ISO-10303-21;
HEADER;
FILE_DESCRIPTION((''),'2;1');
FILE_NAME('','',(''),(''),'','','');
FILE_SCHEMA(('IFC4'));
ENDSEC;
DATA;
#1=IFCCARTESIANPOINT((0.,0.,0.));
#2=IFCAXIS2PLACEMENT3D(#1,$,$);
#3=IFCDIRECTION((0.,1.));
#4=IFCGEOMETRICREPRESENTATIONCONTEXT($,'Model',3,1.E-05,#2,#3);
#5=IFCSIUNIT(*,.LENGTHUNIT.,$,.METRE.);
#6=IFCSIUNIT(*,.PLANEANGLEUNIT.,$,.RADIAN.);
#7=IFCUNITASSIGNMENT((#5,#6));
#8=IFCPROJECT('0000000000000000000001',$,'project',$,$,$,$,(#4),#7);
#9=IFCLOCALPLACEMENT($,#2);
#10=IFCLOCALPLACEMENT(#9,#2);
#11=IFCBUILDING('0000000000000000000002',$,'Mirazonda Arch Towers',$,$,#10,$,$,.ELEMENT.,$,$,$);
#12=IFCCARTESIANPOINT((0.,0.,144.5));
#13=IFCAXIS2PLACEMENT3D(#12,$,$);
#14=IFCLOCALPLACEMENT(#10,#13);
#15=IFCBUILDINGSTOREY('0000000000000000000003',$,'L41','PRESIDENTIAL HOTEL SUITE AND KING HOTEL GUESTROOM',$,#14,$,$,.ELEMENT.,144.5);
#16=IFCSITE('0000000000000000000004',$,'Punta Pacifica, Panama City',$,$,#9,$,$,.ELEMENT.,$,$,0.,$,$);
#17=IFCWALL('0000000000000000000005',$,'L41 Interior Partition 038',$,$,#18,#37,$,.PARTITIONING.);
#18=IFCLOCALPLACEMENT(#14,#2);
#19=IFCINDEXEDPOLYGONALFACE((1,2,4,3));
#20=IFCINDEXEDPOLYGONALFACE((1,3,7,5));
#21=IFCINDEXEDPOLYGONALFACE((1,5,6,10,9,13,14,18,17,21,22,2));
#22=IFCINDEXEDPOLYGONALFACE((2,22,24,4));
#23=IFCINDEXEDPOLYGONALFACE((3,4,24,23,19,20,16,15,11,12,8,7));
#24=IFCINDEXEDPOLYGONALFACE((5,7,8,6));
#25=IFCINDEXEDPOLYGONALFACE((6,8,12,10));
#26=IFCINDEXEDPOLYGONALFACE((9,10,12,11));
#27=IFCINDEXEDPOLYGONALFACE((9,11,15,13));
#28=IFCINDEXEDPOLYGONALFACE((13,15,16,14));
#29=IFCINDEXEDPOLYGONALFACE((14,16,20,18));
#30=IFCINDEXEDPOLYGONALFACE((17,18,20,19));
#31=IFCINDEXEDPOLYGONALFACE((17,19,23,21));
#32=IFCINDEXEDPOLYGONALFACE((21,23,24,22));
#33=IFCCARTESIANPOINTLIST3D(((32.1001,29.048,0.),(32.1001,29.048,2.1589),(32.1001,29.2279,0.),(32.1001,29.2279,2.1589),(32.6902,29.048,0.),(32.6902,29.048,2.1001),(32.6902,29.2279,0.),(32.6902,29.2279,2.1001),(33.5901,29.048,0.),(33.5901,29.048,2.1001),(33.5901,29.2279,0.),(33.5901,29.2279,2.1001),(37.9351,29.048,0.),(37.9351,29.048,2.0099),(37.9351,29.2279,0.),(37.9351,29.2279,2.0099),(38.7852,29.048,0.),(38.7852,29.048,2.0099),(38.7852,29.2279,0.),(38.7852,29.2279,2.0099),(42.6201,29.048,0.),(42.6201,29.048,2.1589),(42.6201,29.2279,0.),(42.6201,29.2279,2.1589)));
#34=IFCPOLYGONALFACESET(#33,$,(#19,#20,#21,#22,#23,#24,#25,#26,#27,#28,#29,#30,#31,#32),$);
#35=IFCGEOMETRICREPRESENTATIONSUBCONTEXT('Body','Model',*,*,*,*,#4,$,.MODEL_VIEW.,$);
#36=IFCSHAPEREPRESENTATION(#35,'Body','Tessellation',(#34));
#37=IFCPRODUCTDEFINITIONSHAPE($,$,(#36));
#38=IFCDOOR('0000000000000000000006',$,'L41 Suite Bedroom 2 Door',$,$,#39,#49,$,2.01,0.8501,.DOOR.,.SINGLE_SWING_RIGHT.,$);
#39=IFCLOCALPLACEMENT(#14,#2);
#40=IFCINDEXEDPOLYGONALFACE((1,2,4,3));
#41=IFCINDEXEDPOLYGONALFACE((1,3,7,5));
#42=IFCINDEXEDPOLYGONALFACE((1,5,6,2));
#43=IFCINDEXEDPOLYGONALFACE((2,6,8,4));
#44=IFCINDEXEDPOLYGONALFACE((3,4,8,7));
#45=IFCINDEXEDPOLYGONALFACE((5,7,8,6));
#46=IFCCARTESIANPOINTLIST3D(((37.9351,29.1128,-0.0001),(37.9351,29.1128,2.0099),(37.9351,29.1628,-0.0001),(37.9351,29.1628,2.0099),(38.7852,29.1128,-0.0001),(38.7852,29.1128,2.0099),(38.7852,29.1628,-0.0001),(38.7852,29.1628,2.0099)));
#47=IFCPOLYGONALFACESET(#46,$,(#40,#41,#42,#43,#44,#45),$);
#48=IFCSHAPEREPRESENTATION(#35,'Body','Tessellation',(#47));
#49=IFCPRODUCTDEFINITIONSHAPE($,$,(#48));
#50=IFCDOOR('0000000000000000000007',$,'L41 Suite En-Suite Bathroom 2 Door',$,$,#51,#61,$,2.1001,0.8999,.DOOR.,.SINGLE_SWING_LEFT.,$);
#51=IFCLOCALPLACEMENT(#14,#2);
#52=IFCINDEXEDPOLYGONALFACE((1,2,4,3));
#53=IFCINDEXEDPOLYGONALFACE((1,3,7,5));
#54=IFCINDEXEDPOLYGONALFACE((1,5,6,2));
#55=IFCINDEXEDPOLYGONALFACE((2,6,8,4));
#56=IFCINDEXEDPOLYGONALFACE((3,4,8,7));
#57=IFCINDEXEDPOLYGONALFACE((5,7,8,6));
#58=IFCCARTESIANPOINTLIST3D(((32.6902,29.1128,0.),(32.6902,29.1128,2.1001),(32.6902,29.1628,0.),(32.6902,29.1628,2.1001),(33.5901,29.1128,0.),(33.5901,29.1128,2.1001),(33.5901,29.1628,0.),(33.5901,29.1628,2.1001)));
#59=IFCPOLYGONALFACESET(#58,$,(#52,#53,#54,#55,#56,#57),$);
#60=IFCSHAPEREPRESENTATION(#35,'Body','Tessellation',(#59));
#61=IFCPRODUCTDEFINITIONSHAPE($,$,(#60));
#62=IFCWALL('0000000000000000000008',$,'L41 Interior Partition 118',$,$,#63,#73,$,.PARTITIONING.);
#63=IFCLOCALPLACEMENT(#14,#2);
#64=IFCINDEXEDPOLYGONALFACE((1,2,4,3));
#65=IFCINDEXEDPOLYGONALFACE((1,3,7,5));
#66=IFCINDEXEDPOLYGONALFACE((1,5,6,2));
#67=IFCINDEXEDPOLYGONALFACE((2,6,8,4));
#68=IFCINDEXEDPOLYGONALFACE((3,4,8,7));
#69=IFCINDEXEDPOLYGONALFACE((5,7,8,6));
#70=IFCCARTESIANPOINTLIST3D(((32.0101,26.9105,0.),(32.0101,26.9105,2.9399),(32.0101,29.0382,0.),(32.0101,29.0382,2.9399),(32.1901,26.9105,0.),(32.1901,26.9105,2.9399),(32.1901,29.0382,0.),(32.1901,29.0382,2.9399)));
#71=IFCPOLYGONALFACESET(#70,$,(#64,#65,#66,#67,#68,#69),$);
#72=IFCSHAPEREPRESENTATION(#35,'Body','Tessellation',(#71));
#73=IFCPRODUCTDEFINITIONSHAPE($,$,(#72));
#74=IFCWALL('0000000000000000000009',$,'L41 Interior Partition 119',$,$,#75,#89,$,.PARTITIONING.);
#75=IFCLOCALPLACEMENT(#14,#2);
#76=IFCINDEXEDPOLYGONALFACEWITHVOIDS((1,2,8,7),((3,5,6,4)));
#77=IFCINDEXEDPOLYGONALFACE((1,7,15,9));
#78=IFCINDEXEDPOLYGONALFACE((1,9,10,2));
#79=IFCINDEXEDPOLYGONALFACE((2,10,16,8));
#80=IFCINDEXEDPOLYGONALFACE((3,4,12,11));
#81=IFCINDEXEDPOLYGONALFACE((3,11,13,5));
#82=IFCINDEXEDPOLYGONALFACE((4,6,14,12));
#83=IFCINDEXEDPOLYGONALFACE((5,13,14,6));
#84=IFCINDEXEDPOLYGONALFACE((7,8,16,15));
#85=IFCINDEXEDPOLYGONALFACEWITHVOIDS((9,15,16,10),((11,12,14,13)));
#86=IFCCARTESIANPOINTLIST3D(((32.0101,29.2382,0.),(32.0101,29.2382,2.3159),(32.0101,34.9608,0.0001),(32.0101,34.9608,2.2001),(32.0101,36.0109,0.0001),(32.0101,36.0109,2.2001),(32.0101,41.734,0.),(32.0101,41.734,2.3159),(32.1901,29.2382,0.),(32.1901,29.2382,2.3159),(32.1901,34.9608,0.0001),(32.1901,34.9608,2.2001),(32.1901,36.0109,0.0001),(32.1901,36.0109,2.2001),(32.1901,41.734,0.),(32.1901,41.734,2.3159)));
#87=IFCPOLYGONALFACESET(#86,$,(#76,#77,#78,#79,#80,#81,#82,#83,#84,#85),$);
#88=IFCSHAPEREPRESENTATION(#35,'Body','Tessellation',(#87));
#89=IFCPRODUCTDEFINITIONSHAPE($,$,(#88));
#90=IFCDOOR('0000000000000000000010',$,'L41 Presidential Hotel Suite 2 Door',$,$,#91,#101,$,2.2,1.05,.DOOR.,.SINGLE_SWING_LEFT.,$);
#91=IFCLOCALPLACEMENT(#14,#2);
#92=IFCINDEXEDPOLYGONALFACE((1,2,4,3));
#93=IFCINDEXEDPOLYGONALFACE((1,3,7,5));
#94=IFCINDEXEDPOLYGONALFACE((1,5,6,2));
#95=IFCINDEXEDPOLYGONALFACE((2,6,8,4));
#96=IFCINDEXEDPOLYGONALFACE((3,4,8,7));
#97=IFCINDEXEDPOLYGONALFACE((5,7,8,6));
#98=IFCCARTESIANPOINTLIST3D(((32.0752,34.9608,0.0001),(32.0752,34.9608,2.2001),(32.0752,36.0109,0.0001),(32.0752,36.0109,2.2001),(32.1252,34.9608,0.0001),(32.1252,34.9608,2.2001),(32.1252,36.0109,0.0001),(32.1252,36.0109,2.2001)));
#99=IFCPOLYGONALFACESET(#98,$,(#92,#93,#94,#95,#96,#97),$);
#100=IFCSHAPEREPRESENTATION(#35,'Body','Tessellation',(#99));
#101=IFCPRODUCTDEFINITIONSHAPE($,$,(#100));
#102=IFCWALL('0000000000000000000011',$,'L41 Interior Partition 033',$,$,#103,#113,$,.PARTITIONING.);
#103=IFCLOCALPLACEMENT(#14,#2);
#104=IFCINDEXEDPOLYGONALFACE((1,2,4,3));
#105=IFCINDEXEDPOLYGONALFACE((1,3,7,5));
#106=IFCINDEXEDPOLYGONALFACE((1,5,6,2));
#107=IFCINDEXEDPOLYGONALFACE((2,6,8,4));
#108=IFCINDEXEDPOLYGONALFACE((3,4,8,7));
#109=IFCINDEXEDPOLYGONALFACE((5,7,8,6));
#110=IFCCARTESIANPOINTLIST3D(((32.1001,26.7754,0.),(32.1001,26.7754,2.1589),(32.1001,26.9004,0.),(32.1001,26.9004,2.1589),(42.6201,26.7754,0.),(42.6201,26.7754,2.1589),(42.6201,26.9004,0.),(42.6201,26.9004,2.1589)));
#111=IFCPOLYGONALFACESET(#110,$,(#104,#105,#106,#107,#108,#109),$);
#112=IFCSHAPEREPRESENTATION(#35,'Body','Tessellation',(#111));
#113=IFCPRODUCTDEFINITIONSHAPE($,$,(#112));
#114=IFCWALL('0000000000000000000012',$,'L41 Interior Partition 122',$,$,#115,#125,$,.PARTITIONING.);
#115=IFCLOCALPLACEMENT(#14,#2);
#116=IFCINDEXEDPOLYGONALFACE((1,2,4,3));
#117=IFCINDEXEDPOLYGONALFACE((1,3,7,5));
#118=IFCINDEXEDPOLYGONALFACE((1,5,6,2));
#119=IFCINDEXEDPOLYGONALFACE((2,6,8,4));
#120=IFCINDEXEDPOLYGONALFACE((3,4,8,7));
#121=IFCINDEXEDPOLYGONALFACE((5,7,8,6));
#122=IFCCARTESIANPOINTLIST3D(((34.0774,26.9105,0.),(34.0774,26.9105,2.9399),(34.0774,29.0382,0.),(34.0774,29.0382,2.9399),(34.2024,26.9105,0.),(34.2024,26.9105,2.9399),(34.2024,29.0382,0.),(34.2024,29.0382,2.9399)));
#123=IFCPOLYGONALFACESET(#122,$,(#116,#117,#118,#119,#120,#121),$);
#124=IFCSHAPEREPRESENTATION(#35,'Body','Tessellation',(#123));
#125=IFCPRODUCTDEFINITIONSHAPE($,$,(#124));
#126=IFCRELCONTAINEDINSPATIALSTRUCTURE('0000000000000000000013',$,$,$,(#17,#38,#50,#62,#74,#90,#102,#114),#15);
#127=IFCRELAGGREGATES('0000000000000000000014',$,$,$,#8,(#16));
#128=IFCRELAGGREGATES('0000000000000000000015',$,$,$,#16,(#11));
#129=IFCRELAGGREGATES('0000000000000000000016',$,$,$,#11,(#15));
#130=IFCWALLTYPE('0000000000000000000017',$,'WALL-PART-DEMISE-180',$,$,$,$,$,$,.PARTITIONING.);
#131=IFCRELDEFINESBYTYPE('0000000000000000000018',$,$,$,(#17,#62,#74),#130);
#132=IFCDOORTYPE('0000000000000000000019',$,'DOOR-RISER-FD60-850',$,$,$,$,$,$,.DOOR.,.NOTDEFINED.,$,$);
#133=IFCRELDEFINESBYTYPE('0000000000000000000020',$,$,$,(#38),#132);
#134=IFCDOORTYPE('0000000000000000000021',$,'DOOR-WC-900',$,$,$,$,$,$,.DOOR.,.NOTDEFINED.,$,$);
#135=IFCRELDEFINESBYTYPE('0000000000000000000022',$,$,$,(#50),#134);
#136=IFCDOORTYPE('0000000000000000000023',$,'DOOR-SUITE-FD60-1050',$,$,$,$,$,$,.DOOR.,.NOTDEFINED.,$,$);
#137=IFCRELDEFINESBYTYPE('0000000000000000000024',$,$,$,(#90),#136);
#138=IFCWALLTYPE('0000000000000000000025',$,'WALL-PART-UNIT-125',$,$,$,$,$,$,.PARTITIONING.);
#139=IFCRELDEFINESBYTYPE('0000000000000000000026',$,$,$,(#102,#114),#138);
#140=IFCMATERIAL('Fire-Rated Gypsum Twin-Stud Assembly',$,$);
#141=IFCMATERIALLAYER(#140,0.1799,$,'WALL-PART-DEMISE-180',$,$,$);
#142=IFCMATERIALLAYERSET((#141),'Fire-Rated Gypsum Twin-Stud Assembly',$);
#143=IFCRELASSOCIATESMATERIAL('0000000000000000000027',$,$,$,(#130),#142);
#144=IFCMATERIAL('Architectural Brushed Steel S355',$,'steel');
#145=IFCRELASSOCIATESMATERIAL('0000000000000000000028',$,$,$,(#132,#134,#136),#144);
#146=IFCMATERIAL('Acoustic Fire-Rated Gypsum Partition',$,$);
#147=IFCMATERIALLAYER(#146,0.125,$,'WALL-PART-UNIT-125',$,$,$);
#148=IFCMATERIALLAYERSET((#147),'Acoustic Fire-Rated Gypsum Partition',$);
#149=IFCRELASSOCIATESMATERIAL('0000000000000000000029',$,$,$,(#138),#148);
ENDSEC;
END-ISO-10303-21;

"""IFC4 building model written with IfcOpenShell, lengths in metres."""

from ifc_helpers import new_model, si_unit, direction, frame, frame_2d, origin, place, context, subcontext, project, spatial, rectangle, extrude, material, layer, layer_set, type_object, element, fill, save


model = new_model("IFC4")

# Units and contexts
model_context = context("Model", 3, precision=1e-05, world=origin(), true_north=direction((0.0, 1.0)))
body_context = subcontext(model_context, "Body", "Model", "MODEL_VIEW")
ifc_project = project(units=[si_unit("LENGTHUNIT", "METRE"), si_unit("PLANEANGLEUNIT", "RADIAN")], contexts=[model_context])

# Site, building, storey
site_placement = place(None, origin())
site = spatial("IfcSite", under=ifc_project, at=site_placement, Name="Punta Pacifica, Panama City", CompositionType="ELEMENT", RefElevation=0.0)
building_placement = place(site_placement, origin())
building = spatial("IfcBuilding", under=site, at=building_placement, Name="Mirazonda Arch Towers", CompositionType="ELEMENT")
storey_placement = place(building_placement, frame((0.0, 0.0, 144.5)))
storey = spatial("IfcBuildingStorey", under=building, at=storey_placement, Name="L41", Description="PRESIDENTIAL HOTEL SUITE AND KING HOTEL GUESTROOM", CompositionType="ELEMENT", Elevation=144.5)

# Wall, openings, doors
ifc_material_1 = material(Name="Fire-Rated Gypsum Twin-Stud Assembly")
ifc_layer_1 = layer(ifc_material_1, 0.1799, Name="WALL-PART-DEMISE-180")
ifc_layer_set_1 = layer_set([ifc_layer_1], Name="Fire-Rated Gypsum Twin-Stud Assembly")
wall_type_1 = type_object("IfcWallType", Name="WALL-PART-DEMISE-180", PredefinedType="PARTITIONING", material=ifc_layer_set_1)
wall_1_placement = place(storey_placement, frame((32.1001, 29.1379, 0.0), z_axis=(0.0, 0.0, 1.0), x_axis=(1.0, 0.0, 0.0)))
wall_1 = element("IfcWall", 1, at=wall_1_placement, inside=storey, type_object=wall_type_1, Name="L41 Interior Partition 038", PredefinedType="PARTITIONING", context=body_context, shape_type="SweptSolid", body=[
    extrude(rectangle(XDim=10.52, YDim=0.1799, at=frame_2d((5.26, 0.0))), origin(), (0.0, 0.0, 1.0), 2.1589),
])
opening_1_placement = place(wall_1_placement, frame((5.835, 0.0, 0.0)))
opening_1 = element("IfcOpeningElement", 2, at=opening_1_placement, cuts=wall_1, PredefinedType="OPENING", context=body_context, shape_type="SweptSolid", body=[
    extrude(rectangle(XDim=0.8501, YDim=2.01, at=frame_2d((0.425, 1.0049))), frame((0.0, 0.0999, 0.0), z_axis=(0.0, -1.0, 0.0), x_axis=(1.0, 0.0, 0.0)), (0.0, 0.0, 1.0), 0.2),
])
opening_2_placement = place(wall_1_placement, frame((0.5901, 0.0, 0.0)))
opening_2 = element("IfcOpeningElement", 3, at=opening_2_placement, cuts=wall_1, PredefinedType="OPENING", context=body_context, shape_type="SweptSolid", body=[
    extrude(rectangle(XDim=0.8999, YDim=2.1001, at=frame_2d((0.45, 1.05))), frame((0.0, 0.0999, 0.0), z_axis=(0.0, -1.0, 0.0), x_axis=(1.0, 0.0, 0.0)), (0.0, 0.0, 1.0), 0.2),
])
ifc_material_2 = material(Name="Architectural Brushed Steel S355", Category="steel")
door_type_1 = type_object("IfcDoorType", Name="DOOR-RISER-FD60-850", OperationType="NOTDEFINED", PredefinedType="DOOR", material=ifc_material_2)
door_1_placement = place(opening_1_placement, origin())
door_1 = element("IfcDoor", 4, at=door_1_placement, inside=storey, type_object=door_type_1, Name="L41 Suite Bedroom 2 Door", OperationType="SINGLE_SWING_RIGHT", OverallHeight=2.01, OverallWidth=0.8501, PredefinedType="DOOR", context=body_context, shape_type="SweptSolid", body=[
    extrude(rectangle(XDim=0.8501, YDim=2.01, at=frame_2d((0.425, 1.0049))), frame((0.0, 0.0249, 0.0), z_axis=(0.0, -1.0, 0.0), x_axis=(1.0, 0.0, 0.0)), (0.0, 0.0, 1.0), 0.05),
])
fill(opening_1, door_1)
door_type_2 = type_object("IfcDoorType", Name="DOOR-WC-900", OperationType="NOTDEFINED", PredefinedType="DOOR", material=ifc_material_2)
door_2_placement = place(opening_2_placement, origin())
door_2 = element("IfcDoor", 5, at=door_2_placement, inside=storey, type_object=door_type_2, Name="L41 Suite En-Suite Bathroom 2 Door", OperationType="SINGLE_SWING_LEFT", OverallHeight=2.1001, OverallWidth=0.8999, PredefinedType="DOOR", context=body_context, shape_type="SweptSolid", body=[
    extrude(rectangle(XDim=0.8999, YDim=2.1001, at=frame_2d((0.45, 1.05))), frame((0.0, 0.0249, 0.0), z_axis=(0.0, -1.0, 0.0), x_axis=(1.0, 0.0, 0.0)), (0.0, 0.0, 1.0), 0.05),
])
fill(opening_2, door_2)

# Wall
wall_2_placement = place(storey_placement, frame((32.1001, 26.9104, 0.0), z_axis=(0.0, 0.0, 1.0), x_axis=(0.0, 1.0, 0.0)))
element("IfcWall", 6, at=wall_2_placement, inside=storey, type_object=wall_type_1, Name="L41 Interior Partition 118", PredefinedType="PARTITIONING", context=body_context, shape_type="SweptSolid", body=[
    extrude(rectangle(XDim=2.1277, YDim=0.1799, at=frame_2d((1.064, 0.0))), origin(), (0.0, 0.0, 1.0), 2.9399),
])

# Wall, opening, door
wall_3_placement = place(storey_placement, frame((32.1001, 29.238, 0.0), z_axis=(0.0, 0.0, 1.0), x_axis=(0.0, 1.0, 0.0)))
wall_3 = element("IfcWall", 7, at=wall_3_placement, inside=storey, type_object=wall_type_1, Name="L41 Interior Partition 119", PredefinedType="PARTITIONING", context=body_context, shape_type="SweptSolid", body=[
    extrude(rectangle(XDim=12.4958, YDim=0.1799, at=frame_2d((6.248, 0.0))), origin(), (0.0, 0.0, 1.0), 2.3159),
])
opening_3_placement = place(wall_3_placement, frame((5.7229, 0.0, 0.0)))
opening_3 = element("IfcOpeningElement", 8, at=opening_3_placement, cuts=wall_3, PredefinedType="OPENING", context=body_context, shape_type="SweptSolid", body=[
    extrude(rectangle(XDim=1.05, YDim=2.2, at=frame_2d((0.5249, 1.1001))), frame((0.0, 0.0999, 0.0), z_axis=(0.0, -1.0, 0.0), x_axis=(1.0, 0.0, 0.0)), (0.0, 0.0, 1.0), 0.2),
])
door_type_3 = type_object("IfcDoorType", Name="DOOR-SUITE-FD60-1050", OperationType="NOTDEFINED", PredefinedType="DOOR", material=ifc_material_2)
door_3_placement = place(opening_3_placement, origin())
door_3 = element("IfcDoor", 9, at=door_3_placement, inside=storey, type_object=door_type_3, Name="L41 Presidential Hotel Suite 2 Door", OperationType="SINGLE_SWING_LEFT", OverallHeight=2.2, OverallWidth=1.05, PredefinedType="DOOR", context=body_context, shape_type="SweptSolid", body=[
    extrude(rectangle(XDim=1.05, YDim=2.2, at=frame_2d((0.5249, 1.1001))), frame((0.0, 0.0249, 0.0), z_axis=(0.0, -1.0, 0.0), x_axis=(1.0, 0.0, 0.0)), (0.0, 0.0, 1.0), 0.05),
])
fill(opening_3, door_3)

# Walls
ifc_material_3 = material(Name="Acoustic Fire-Rated Gypsum Partition")
ifc_layer_2 = layer(ifc_material_3, 0.125, Name="WALL-PART-UNIT-125")
ifc_layer_set_2 = layer_set([ifc_layer_2], Name="Acoustic Fire-Rated Gypsum Partition")
wall_type_2 = type_object("IfcWallType", Name="WALL-PART-UNIT-125", PredefinedType="PARTITIONING", material=ifc_layer_set_2)
wall_4_placement = place(storey_placement, frame((32.1001, 26.8379, 0.0), z_axis=(0.0, 0.0, 1.0), x_axis=(1.0, 0.0, 0.0)))
element("IfcWall", 10, at=wall_4_placement, inside=storey, type_object=wall_type_2, Name="L41 Interior Partition 033", PredefinedType="PARTITIONING", context=body_context, shape_type="SweptSolid", body=[
    extrude(rectangle(XDim=10.52, YDim=0.125, at=frame_2d((5.26, 0.0))), origin(), (0.0, 0.0, 1.0), 2.1589),
])
wall_5_placement = place(storey_placement, frame((34.1399, 26.9104, 0.0), z_axis=(0.0, 0.0, 1.0), x_axis=(0.0, 1.0, 0.0)))
element("IfcWall", 11, at=wall_5_placement, inside=storey, type_object=wall_type_2, Name="L41 Interior Partition 122", PredefinedType="PARTITIONING", context=body_context, shape_type="SweptSolid", body=[
    extrude(rectangle(XDim=2.1277, YDim=0.125, at=frame_2d((1.064, 0.0))), origin(), (0.0, 0.0, 1.0), 2.9399),
])

save(model, "model.ifc")
